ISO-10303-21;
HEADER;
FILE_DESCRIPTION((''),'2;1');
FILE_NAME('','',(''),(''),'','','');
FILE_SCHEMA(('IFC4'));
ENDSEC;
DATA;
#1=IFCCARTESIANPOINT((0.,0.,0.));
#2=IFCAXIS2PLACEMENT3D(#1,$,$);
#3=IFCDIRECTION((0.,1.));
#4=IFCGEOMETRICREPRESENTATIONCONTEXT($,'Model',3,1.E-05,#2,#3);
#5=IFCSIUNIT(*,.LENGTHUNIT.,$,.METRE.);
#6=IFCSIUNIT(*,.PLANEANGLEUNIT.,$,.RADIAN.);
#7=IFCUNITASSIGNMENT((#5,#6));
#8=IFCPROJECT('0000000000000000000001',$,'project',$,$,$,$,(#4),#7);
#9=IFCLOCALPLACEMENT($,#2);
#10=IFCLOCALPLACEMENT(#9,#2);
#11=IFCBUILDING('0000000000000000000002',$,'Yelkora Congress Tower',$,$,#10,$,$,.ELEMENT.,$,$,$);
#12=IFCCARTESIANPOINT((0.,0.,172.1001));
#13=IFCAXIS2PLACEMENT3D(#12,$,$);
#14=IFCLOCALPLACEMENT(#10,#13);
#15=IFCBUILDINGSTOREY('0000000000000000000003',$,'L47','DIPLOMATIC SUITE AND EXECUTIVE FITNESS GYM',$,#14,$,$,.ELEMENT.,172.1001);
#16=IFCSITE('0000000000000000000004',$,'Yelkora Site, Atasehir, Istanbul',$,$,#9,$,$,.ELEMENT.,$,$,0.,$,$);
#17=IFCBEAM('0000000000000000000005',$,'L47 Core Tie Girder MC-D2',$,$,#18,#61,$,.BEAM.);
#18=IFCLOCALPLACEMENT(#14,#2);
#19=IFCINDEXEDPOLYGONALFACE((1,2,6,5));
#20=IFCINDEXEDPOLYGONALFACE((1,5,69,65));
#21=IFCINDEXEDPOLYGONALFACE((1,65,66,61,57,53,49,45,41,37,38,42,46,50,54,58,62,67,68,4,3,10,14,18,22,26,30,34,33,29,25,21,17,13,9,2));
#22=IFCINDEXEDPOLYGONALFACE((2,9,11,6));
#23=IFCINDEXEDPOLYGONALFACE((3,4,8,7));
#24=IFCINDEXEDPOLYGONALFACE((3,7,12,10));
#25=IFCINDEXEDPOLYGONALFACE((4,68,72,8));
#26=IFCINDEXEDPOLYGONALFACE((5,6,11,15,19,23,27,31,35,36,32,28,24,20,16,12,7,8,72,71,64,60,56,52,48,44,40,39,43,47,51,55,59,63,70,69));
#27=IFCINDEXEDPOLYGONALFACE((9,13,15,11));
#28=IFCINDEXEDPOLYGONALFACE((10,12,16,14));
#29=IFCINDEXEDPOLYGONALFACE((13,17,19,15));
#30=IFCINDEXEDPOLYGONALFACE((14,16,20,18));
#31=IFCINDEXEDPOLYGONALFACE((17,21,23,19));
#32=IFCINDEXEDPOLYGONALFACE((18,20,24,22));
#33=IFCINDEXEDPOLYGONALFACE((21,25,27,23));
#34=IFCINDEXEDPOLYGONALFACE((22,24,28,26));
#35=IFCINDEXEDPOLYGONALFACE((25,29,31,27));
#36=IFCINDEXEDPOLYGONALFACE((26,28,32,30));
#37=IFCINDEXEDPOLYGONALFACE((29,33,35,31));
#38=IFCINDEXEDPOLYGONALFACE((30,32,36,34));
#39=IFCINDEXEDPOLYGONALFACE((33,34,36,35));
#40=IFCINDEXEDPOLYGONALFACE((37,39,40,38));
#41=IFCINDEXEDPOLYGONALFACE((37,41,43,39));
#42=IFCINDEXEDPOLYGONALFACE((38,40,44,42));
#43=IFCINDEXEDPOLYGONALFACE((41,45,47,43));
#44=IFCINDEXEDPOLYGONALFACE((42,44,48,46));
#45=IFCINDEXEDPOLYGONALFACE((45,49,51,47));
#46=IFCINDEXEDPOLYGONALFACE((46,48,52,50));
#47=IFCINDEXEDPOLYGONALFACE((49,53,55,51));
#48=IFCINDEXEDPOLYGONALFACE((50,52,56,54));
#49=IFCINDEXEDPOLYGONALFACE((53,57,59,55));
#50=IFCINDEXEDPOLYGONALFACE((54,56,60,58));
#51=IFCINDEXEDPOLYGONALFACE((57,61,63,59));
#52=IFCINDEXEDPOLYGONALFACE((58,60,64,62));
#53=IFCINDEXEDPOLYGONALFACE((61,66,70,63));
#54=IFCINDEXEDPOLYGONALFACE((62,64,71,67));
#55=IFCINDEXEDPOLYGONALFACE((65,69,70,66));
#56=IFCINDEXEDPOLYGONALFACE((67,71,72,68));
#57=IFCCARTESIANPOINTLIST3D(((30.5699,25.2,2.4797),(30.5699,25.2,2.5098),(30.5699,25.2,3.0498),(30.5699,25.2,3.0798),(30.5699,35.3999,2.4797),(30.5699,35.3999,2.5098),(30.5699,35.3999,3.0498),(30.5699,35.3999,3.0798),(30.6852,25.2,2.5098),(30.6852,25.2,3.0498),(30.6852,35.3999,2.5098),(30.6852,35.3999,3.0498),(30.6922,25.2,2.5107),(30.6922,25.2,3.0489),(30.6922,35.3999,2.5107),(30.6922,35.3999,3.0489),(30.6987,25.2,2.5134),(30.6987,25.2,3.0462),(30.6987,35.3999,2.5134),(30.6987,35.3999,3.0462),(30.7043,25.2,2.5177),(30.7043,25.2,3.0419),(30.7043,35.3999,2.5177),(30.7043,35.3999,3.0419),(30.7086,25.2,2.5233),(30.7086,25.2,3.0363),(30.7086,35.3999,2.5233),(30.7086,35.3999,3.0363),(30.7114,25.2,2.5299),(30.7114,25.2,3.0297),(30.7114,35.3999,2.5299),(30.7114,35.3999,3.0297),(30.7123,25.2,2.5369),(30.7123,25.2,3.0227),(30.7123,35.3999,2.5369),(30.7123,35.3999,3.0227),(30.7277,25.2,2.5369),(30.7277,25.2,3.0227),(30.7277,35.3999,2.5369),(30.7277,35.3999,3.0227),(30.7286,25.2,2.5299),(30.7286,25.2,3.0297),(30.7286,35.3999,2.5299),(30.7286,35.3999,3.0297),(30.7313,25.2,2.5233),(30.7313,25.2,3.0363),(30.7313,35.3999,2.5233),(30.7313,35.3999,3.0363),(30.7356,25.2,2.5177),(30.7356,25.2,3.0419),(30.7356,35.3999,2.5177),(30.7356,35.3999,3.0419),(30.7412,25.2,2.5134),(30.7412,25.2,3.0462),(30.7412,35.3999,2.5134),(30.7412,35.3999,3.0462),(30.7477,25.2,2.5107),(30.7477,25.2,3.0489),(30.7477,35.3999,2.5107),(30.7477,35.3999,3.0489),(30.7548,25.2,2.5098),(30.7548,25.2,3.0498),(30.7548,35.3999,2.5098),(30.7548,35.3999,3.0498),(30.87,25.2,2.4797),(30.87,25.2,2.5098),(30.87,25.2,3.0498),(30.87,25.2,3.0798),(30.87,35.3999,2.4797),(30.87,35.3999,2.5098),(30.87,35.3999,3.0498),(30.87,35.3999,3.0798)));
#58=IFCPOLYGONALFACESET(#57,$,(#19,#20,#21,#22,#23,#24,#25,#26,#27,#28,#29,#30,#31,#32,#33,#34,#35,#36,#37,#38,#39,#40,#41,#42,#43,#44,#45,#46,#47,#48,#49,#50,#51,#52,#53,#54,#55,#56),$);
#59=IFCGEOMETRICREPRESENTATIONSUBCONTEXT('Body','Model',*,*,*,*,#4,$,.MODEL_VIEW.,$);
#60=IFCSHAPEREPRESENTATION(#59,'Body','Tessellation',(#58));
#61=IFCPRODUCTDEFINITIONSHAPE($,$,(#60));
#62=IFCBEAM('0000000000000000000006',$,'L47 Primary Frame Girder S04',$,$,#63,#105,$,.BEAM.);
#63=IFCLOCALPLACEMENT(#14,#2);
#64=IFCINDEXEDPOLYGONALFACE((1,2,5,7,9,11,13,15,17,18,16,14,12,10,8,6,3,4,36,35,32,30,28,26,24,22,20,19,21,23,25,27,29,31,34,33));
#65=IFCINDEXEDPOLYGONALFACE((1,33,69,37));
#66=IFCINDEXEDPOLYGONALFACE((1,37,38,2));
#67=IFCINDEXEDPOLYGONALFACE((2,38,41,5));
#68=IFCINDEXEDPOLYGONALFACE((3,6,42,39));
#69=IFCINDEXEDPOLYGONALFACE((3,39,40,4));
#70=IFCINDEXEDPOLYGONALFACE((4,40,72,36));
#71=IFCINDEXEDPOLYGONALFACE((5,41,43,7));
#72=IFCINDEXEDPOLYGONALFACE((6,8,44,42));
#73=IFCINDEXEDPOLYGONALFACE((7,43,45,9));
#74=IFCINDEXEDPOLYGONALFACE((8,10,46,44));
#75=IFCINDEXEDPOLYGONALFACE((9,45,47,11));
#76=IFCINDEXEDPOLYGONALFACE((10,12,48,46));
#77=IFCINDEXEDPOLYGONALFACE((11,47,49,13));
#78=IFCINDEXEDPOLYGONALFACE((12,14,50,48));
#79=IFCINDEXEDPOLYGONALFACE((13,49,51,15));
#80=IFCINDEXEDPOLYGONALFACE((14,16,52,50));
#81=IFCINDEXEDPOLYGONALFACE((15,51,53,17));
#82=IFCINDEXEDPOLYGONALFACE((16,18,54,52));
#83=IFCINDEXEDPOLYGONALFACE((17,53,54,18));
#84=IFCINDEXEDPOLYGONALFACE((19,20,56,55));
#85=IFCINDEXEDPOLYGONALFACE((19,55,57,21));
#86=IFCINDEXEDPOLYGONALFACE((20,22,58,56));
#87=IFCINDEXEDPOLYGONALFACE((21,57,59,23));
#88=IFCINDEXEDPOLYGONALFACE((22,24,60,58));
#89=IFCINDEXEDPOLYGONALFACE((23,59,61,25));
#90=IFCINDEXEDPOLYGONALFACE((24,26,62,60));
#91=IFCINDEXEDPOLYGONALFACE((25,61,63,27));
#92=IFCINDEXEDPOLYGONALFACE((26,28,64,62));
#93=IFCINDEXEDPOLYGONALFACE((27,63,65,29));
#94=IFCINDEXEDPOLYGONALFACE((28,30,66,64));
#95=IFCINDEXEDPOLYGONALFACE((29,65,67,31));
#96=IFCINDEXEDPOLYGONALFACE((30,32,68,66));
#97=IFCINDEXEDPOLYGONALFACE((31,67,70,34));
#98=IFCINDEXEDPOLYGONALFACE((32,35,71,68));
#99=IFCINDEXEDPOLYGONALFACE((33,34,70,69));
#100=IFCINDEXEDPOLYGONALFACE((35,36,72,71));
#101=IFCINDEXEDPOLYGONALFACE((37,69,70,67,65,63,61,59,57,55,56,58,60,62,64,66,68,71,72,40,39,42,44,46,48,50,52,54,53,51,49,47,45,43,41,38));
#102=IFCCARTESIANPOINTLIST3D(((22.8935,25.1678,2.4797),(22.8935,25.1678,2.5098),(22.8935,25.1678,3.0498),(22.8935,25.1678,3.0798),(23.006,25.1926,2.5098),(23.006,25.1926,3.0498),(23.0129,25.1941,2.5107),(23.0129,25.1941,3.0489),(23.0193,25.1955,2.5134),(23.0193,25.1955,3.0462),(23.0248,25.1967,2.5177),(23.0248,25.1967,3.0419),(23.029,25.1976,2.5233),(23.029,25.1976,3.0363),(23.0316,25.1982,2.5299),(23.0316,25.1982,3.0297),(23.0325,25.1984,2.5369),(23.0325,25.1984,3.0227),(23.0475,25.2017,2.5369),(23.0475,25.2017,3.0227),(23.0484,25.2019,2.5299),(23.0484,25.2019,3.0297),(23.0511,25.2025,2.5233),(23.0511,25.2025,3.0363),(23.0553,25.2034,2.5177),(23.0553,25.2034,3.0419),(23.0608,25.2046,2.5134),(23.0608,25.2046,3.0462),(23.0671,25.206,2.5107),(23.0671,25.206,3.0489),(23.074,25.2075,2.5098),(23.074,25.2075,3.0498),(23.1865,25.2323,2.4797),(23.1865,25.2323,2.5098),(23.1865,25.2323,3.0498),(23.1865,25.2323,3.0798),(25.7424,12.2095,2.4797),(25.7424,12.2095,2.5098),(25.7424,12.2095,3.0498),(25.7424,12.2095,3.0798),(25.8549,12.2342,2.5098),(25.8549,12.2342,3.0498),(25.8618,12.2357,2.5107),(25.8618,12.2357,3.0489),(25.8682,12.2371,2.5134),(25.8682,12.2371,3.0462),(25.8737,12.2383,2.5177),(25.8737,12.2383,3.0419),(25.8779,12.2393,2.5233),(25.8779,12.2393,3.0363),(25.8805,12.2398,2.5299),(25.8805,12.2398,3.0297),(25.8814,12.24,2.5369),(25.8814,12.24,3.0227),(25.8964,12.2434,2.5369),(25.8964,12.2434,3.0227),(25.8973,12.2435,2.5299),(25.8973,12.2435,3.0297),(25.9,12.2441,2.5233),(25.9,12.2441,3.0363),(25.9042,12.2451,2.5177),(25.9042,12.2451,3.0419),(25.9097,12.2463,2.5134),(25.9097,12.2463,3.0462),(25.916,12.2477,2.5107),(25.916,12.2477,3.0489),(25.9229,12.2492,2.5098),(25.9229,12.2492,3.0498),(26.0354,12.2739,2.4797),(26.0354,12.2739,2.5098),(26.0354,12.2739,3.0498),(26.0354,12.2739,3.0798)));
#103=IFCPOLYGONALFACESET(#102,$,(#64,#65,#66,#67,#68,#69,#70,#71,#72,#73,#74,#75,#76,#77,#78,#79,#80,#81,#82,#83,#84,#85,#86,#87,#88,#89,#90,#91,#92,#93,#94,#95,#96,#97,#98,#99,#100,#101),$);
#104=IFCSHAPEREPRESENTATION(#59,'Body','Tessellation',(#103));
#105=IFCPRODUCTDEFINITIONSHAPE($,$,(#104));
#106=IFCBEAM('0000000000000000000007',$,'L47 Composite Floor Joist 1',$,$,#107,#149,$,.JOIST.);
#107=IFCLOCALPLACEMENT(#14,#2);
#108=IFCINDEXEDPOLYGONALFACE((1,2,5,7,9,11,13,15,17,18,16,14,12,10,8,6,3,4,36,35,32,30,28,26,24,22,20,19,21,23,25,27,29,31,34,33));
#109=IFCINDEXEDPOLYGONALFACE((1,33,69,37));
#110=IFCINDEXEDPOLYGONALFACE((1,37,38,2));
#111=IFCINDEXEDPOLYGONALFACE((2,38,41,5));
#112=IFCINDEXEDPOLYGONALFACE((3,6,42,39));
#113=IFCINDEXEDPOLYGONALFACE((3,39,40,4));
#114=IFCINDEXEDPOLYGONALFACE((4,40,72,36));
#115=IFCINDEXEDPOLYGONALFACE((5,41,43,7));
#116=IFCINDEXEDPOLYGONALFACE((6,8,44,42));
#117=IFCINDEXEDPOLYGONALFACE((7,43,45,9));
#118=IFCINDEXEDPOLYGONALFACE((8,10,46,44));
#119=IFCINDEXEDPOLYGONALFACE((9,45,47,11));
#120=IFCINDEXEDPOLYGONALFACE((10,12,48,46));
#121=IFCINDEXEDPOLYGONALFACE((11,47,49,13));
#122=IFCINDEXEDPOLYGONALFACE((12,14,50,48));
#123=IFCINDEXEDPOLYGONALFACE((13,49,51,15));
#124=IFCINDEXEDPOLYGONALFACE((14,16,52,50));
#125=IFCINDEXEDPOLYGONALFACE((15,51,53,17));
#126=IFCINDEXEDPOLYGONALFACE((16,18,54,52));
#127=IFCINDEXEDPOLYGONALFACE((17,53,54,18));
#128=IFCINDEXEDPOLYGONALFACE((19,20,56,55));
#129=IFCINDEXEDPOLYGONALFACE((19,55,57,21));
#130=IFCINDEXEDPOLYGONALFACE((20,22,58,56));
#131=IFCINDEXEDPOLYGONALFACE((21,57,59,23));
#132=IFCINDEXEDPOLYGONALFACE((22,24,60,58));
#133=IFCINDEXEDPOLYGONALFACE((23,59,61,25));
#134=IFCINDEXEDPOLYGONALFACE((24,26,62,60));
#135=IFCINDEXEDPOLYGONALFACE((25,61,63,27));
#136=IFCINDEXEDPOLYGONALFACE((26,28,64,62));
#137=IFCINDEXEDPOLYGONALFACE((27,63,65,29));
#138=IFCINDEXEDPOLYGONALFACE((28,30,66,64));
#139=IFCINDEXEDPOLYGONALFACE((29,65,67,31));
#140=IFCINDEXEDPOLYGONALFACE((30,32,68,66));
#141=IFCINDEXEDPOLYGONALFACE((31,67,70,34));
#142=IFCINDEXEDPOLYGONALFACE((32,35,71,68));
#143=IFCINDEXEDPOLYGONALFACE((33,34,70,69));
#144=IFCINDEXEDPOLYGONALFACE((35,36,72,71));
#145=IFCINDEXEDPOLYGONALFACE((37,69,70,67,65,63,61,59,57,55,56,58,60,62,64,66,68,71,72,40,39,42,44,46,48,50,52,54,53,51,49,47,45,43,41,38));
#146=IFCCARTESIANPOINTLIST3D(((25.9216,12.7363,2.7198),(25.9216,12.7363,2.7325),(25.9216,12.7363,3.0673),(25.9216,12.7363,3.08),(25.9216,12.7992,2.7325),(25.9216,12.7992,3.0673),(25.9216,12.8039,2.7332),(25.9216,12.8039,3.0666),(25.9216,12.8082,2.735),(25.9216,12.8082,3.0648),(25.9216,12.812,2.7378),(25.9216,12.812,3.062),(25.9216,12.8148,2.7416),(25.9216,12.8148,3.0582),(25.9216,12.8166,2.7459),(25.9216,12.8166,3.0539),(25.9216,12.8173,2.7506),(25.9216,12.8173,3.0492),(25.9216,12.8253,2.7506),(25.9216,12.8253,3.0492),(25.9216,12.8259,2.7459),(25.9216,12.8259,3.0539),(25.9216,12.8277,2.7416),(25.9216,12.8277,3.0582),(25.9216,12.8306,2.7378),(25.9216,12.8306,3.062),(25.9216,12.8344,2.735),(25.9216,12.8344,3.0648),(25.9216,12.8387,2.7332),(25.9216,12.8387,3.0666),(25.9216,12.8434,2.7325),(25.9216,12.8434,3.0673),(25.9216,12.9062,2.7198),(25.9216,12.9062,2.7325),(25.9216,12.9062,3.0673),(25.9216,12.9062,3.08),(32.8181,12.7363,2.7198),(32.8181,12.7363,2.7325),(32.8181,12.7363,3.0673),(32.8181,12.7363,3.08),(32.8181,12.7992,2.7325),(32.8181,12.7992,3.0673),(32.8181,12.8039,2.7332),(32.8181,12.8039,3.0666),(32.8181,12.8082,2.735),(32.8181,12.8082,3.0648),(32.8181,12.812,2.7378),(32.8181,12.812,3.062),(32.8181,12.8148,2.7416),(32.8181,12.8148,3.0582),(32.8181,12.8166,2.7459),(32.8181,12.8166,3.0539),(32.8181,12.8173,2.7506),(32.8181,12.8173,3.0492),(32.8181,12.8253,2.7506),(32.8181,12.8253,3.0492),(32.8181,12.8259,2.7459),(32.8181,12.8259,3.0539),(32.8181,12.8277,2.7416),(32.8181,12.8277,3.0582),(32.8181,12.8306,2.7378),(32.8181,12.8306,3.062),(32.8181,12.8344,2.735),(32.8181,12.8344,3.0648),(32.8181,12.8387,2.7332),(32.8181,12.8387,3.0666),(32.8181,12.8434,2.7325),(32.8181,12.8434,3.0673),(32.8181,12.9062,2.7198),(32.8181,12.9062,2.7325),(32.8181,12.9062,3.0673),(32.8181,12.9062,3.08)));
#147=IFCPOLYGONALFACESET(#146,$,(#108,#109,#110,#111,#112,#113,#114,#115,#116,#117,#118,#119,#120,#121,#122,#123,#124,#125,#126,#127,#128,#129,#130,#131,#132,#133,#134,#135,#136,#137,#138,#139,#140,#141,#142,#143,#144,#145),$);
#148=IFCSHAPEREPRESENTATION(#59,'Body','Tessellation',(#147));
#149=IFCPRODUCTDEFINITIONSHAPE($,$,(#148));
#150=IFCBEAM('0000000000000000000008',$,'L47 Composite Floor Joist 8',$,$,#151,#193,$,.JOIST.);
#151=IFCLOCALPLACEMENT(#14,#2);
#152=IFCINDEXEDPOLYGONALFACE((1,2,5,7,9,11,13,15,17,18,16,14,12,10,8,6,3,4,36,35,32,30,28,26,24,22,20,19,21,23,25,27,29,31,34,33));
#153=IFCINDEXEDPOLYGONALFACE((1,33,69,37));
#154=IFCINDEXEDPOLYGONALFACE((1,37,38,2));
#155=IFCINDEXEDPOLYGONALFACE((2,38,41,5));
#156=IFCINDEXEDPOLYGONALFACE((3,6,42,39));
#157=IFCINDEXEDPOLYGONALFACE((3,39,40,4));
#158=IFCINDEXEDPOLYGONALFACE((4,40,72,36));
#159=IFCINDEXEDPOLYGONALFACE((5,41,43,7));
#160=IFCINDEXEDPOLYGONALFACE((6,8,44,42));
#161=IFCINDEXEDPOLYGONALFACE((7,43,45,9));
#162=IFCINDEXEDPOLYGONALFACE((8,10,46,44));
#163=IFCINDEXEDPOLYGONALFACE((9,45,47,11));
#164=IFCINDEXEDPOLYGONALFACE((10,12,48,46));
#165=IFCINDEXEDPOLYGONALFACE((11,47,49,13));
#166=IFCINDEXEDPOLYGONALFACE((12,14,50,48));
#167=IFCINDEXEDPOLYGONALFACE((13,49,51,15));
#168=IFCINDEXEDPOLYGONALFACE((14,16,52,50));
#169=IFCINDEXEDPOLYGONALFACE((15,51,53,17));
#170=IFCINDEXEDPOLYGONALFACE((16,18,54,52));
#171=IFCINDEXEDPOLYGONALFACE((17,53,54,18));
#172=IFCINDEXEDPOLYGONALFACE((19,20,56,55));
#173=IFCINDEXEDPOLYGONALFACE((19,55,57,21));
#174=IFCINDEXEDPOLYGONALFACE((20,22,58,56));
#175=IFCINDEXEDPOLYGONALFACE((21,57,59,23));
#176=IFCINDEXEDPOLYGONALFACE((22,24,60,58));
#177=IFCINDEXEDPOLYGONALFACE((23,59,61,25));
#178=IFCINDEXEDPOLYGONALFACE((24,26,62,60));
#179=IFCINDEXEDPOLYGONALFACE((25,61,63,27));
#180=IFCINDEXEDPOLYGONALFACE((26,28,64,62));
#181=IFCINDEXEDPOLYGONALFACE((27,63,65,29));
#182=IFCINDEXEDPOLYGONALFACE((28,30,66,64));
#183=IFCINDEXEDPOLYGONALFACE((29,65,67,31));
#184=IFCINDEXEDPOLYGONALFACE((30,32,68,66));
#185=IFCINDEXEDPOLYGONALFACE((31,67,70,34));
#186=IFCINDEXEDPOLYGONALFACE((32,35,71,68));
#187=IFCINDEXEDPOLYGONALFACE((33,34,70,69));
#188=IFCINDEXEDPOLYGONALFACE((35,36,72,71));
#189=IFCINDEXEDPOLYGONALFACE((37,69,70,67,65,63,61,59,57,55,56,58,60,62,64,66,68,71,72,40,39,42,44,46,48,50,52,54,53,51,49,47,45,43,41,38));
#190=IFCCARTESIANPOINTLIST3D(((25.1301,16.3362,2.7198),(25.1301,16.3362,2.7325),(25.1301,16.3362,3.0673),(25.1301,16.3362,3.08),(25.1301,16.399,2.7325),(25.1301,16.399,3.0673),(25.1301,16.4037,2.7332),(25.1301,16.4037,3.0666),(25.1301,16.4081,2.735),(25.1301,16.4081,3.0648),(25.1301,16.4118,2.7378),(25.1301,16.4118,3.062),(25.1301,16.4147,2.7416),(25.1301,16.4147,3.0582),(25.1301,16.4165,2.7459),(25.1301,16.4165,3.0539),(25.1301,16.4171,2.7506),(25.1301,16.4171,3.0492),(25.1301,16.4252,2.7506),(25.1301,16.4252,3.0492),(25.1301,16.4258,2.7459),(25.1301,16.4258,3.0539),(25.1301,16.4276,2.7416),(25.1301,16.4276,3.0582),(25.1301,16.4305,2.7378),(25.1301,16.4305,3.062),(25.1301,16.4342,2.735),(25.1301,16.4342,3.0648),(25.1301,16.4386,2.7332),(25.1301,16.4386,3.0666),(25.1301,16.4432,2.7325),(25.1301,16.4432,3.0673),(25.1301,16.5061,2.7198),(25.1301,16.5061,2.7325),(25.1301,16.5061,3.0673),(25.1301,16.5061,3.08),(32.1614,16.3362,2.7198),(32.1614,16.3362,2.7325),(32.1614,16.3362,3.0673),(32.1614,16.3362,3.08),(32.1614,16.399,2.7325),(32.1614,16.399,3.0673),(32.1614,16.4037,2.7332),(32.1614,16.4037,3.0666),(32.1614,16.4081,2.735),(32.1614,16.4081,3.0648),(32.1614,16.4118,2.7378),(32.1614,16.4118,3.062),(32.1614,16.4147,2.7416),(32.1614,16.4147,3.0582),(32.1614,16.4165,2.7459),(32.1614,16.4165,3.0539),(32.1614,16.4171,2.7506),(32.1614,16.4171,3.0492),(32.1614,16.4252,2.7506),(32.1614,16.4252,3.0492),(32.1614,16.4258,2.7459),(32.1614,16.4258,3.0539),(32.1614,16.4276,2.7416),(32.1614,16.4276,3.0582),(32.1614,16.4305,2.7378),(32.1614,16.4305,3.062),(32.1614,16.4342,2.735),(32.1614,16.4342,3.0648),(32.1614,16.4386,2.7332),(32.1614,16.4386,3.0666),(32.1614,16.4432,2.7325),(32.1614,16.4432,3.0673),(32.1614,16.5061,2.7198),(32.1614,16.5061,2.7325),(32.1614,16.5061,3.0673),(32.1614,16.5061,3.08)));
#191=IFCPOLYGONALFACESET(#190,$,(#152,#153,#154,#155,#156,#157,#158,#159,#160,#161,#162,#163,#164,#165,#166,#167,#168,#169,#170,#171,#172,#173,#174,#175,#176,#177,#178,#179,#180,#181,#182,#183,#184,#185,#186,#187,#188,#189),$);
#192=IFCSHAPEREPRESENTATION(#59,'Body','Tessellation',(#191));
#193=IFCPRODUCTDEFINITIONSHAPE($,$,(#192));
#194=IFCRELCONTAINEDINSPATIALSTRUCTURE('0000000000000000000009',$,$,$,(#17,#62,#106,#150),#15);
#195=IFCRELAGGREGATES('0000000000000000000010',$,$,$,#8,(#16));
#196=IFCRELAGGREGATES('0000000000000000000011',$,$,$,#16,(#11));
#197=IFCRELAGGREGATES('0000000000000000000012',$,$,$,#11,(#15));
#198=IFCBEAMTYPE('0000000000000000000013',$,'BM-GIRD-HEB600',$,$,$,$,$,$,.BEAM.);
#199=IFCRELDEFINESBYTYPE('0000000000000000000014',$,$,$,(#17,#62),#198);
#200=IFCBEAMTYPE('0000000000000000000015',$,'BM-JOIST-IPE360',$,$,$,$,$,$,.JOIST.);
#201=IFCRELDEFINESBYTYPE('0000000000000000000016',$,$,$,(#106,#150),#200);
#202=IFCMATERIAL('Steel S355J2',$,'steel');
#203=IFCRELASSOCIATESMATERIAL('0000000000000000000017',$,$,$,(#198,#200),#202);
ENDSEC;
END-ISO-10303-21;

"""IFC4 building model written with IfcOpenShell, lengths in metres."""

from ifc_helpers import new_model, si_unit, direction, frame, origin, origin_2d, place, context, subcontext, project, spatial, i_section, extrude, material, material_profile, profile_set, type_object, element, save


model = new_model("IFC4")

# Units and contexts
model_context = context("Model", 3, precision=1e-05, world=origin(), true_north=direction((0.0, 1.0)))
body_context = subcontext(model_context, "Body", "Model", "MODEL_VIEW")
ifc_project = project(units=[si_unit("LENGTHUNIT", "METRE"), si_unit("PLANEANGLEUNIT", "RADIAN")], contexts=[model_context])

# Site, building, storey
site_placement = place(None, origin())
site = spatial("IfcSite", under=ifc_project, at=site_placement, Name="Yelkora Site, Atasehir, Istanbul", CompositionType="ELEMENT", RefElevation=0.0)
building_placement = place(site_placement, origin())
building = spatial("IfcBuilding", under=site, at=building_placement, Name="Yelkora Congress Tower", CompositionType="ELEMENT")
storey_placement = place(building_placement, frame((0.0, 0.0, 172.1001)))
storey = spatial("IfcBuildingStorey", under=building, at=storey_placement, Name="L47", Description="DIPLOMATIC SUITE AND EXECUTIVE FITNESS GYM", CompositionType="ELEMENT", Elevation=172.1001)

# Beams
ifc_material_1 = material(Name="Steel S355J2", Category="steel")
ifc_material_profile_1 = material_profile(ifc_material_1, i_section(OverallWidth=0.3, OverallDepth=0.6001, WebThickness=0.0154, FlangeThickness=0.03, FilletRadius=0.0271, at=origin_2d()), Name="HEB 600")
ifc_profile_set_1 = profile_set([ifc_material_profile_1], Name="Steel S355J2")
beam_type_1 = type_object("IfcBeamType", Name="BM-GIRD-HEB600", PredefinedType="BEAM", material=ifc_profile_set_1)
for number, where, z_axis, x_axis, name in (
    (1, (30.72, 25.2, 2.7798), (0.0, 1.0, 0.0), (-1.0, 0.0, 0.0), "L47 Core Tie Girder MC-D2"),
):
    element("IfcBeam", number, at=place(storey_placement, frame(where, z_axis=z_axis, x_axis=x_axis)), inside=storey, type_object=beam_type_1, Name=name, PredefinedType="BEAM", context=body_context, shape_type="SweptSolid", body=[
        extrude(i_section(OverallWidth=0.3, OverallDepth=0.6001, WebThickness=0.0154, FlangeThickness=0.03, FilletRadius=0.0271, at=origin_2d()), origin(), (0.0, 0.0, 1.0), 10.2),
    ])
beam_1_placement = place(storey_placement, frame((25.8889, 12.2417, 2.7798), z_axis=(-0.214722, 0.976675, 0.0), x_axis=(-0.976675, -0.214722, 0.0)))
element("IfcBeam", 2, at=beam_1_placement, inside=storey, type_object=beam_type_1, Name="L47 Primary Frame Girder S04", PredefinedType="BEAM", context=body_context, shape_type="SweptSolid", body=[
    extrude(i_section(OverallWidth=0.3, OverallDepth=0.6001, WebThickness=0.0154, FlangeThickness=0.03, FilletRadius=0.0271, at=origin_2d()), origin(), (0.0, 0.0, 1.0), 13.2678),
])
ifc_material_profile_2 = material_profile(ifc_material_1, i_section(OverallWidth=0.1699, OverallDepth=0.3601, WebThickness=0.0081, FlangeThickness=0.0127, FilletRadius=0.0181, at=origin_2d()), Name="IPE 360")
ifc_profile_set_2 = profile_set([ifc_material_profile_2], Name="Steel S355J2")
beam_type_2 = type_object("IfcBeamType", Name="BM-JOIST-IPE360", PredefinedType="JOIST", material=ifc_profile_set_2)
beam_2_placement = place(storey_placement, frame((25.9216, 12.8213, 2.8999), z_axis=(1.0, 0.0, 0.0), x_axis=(0.0, 1.0, 0.0)))
element("IfcBeam", 3, at=beam_2_placement, inside=storey, type_object=beam_type_2, Name="L47 Composite Floor Joist 1", PredefinedType="JOIST", context=body_context, shape_type="SweptSolid", body=[
    extrude(i_section(OverallWidth=0.1699, OverallDepth=0.3601, WebThickness=0.0081, FlangeThickness=0.0127, FilletRadius=0.0181, at=origin_2d()), origin(), (0.0, 0.0, 1.0), 6.8965),
])
beam_3_placement = place(storey_placement, frame((25.1301, 16.4211, 2.8999), z_axis=(1.0, 0.0, 0.0), x_axis=(0.0, 1.0, 0.0)))
element("IfcBeam", 4, at=beam_3_placement, inside=storey, type_object=beam_type_2, Name="L47 Composite Floor Joist 8", PredefinedType="JOIST", context=body_context, shape_type="SweptSolid", body=[
    extrude(i_section(OverallWidth=0.1699, OverallDepth=0.3601, WebThickness=0.0081, FlangeThickness=0.0127, FilletRadius=0.0181, at=origin_2d()), origin(), (0.0, 0.0, 1.0), 7.0312),
])

save(model, "model.ifc")
